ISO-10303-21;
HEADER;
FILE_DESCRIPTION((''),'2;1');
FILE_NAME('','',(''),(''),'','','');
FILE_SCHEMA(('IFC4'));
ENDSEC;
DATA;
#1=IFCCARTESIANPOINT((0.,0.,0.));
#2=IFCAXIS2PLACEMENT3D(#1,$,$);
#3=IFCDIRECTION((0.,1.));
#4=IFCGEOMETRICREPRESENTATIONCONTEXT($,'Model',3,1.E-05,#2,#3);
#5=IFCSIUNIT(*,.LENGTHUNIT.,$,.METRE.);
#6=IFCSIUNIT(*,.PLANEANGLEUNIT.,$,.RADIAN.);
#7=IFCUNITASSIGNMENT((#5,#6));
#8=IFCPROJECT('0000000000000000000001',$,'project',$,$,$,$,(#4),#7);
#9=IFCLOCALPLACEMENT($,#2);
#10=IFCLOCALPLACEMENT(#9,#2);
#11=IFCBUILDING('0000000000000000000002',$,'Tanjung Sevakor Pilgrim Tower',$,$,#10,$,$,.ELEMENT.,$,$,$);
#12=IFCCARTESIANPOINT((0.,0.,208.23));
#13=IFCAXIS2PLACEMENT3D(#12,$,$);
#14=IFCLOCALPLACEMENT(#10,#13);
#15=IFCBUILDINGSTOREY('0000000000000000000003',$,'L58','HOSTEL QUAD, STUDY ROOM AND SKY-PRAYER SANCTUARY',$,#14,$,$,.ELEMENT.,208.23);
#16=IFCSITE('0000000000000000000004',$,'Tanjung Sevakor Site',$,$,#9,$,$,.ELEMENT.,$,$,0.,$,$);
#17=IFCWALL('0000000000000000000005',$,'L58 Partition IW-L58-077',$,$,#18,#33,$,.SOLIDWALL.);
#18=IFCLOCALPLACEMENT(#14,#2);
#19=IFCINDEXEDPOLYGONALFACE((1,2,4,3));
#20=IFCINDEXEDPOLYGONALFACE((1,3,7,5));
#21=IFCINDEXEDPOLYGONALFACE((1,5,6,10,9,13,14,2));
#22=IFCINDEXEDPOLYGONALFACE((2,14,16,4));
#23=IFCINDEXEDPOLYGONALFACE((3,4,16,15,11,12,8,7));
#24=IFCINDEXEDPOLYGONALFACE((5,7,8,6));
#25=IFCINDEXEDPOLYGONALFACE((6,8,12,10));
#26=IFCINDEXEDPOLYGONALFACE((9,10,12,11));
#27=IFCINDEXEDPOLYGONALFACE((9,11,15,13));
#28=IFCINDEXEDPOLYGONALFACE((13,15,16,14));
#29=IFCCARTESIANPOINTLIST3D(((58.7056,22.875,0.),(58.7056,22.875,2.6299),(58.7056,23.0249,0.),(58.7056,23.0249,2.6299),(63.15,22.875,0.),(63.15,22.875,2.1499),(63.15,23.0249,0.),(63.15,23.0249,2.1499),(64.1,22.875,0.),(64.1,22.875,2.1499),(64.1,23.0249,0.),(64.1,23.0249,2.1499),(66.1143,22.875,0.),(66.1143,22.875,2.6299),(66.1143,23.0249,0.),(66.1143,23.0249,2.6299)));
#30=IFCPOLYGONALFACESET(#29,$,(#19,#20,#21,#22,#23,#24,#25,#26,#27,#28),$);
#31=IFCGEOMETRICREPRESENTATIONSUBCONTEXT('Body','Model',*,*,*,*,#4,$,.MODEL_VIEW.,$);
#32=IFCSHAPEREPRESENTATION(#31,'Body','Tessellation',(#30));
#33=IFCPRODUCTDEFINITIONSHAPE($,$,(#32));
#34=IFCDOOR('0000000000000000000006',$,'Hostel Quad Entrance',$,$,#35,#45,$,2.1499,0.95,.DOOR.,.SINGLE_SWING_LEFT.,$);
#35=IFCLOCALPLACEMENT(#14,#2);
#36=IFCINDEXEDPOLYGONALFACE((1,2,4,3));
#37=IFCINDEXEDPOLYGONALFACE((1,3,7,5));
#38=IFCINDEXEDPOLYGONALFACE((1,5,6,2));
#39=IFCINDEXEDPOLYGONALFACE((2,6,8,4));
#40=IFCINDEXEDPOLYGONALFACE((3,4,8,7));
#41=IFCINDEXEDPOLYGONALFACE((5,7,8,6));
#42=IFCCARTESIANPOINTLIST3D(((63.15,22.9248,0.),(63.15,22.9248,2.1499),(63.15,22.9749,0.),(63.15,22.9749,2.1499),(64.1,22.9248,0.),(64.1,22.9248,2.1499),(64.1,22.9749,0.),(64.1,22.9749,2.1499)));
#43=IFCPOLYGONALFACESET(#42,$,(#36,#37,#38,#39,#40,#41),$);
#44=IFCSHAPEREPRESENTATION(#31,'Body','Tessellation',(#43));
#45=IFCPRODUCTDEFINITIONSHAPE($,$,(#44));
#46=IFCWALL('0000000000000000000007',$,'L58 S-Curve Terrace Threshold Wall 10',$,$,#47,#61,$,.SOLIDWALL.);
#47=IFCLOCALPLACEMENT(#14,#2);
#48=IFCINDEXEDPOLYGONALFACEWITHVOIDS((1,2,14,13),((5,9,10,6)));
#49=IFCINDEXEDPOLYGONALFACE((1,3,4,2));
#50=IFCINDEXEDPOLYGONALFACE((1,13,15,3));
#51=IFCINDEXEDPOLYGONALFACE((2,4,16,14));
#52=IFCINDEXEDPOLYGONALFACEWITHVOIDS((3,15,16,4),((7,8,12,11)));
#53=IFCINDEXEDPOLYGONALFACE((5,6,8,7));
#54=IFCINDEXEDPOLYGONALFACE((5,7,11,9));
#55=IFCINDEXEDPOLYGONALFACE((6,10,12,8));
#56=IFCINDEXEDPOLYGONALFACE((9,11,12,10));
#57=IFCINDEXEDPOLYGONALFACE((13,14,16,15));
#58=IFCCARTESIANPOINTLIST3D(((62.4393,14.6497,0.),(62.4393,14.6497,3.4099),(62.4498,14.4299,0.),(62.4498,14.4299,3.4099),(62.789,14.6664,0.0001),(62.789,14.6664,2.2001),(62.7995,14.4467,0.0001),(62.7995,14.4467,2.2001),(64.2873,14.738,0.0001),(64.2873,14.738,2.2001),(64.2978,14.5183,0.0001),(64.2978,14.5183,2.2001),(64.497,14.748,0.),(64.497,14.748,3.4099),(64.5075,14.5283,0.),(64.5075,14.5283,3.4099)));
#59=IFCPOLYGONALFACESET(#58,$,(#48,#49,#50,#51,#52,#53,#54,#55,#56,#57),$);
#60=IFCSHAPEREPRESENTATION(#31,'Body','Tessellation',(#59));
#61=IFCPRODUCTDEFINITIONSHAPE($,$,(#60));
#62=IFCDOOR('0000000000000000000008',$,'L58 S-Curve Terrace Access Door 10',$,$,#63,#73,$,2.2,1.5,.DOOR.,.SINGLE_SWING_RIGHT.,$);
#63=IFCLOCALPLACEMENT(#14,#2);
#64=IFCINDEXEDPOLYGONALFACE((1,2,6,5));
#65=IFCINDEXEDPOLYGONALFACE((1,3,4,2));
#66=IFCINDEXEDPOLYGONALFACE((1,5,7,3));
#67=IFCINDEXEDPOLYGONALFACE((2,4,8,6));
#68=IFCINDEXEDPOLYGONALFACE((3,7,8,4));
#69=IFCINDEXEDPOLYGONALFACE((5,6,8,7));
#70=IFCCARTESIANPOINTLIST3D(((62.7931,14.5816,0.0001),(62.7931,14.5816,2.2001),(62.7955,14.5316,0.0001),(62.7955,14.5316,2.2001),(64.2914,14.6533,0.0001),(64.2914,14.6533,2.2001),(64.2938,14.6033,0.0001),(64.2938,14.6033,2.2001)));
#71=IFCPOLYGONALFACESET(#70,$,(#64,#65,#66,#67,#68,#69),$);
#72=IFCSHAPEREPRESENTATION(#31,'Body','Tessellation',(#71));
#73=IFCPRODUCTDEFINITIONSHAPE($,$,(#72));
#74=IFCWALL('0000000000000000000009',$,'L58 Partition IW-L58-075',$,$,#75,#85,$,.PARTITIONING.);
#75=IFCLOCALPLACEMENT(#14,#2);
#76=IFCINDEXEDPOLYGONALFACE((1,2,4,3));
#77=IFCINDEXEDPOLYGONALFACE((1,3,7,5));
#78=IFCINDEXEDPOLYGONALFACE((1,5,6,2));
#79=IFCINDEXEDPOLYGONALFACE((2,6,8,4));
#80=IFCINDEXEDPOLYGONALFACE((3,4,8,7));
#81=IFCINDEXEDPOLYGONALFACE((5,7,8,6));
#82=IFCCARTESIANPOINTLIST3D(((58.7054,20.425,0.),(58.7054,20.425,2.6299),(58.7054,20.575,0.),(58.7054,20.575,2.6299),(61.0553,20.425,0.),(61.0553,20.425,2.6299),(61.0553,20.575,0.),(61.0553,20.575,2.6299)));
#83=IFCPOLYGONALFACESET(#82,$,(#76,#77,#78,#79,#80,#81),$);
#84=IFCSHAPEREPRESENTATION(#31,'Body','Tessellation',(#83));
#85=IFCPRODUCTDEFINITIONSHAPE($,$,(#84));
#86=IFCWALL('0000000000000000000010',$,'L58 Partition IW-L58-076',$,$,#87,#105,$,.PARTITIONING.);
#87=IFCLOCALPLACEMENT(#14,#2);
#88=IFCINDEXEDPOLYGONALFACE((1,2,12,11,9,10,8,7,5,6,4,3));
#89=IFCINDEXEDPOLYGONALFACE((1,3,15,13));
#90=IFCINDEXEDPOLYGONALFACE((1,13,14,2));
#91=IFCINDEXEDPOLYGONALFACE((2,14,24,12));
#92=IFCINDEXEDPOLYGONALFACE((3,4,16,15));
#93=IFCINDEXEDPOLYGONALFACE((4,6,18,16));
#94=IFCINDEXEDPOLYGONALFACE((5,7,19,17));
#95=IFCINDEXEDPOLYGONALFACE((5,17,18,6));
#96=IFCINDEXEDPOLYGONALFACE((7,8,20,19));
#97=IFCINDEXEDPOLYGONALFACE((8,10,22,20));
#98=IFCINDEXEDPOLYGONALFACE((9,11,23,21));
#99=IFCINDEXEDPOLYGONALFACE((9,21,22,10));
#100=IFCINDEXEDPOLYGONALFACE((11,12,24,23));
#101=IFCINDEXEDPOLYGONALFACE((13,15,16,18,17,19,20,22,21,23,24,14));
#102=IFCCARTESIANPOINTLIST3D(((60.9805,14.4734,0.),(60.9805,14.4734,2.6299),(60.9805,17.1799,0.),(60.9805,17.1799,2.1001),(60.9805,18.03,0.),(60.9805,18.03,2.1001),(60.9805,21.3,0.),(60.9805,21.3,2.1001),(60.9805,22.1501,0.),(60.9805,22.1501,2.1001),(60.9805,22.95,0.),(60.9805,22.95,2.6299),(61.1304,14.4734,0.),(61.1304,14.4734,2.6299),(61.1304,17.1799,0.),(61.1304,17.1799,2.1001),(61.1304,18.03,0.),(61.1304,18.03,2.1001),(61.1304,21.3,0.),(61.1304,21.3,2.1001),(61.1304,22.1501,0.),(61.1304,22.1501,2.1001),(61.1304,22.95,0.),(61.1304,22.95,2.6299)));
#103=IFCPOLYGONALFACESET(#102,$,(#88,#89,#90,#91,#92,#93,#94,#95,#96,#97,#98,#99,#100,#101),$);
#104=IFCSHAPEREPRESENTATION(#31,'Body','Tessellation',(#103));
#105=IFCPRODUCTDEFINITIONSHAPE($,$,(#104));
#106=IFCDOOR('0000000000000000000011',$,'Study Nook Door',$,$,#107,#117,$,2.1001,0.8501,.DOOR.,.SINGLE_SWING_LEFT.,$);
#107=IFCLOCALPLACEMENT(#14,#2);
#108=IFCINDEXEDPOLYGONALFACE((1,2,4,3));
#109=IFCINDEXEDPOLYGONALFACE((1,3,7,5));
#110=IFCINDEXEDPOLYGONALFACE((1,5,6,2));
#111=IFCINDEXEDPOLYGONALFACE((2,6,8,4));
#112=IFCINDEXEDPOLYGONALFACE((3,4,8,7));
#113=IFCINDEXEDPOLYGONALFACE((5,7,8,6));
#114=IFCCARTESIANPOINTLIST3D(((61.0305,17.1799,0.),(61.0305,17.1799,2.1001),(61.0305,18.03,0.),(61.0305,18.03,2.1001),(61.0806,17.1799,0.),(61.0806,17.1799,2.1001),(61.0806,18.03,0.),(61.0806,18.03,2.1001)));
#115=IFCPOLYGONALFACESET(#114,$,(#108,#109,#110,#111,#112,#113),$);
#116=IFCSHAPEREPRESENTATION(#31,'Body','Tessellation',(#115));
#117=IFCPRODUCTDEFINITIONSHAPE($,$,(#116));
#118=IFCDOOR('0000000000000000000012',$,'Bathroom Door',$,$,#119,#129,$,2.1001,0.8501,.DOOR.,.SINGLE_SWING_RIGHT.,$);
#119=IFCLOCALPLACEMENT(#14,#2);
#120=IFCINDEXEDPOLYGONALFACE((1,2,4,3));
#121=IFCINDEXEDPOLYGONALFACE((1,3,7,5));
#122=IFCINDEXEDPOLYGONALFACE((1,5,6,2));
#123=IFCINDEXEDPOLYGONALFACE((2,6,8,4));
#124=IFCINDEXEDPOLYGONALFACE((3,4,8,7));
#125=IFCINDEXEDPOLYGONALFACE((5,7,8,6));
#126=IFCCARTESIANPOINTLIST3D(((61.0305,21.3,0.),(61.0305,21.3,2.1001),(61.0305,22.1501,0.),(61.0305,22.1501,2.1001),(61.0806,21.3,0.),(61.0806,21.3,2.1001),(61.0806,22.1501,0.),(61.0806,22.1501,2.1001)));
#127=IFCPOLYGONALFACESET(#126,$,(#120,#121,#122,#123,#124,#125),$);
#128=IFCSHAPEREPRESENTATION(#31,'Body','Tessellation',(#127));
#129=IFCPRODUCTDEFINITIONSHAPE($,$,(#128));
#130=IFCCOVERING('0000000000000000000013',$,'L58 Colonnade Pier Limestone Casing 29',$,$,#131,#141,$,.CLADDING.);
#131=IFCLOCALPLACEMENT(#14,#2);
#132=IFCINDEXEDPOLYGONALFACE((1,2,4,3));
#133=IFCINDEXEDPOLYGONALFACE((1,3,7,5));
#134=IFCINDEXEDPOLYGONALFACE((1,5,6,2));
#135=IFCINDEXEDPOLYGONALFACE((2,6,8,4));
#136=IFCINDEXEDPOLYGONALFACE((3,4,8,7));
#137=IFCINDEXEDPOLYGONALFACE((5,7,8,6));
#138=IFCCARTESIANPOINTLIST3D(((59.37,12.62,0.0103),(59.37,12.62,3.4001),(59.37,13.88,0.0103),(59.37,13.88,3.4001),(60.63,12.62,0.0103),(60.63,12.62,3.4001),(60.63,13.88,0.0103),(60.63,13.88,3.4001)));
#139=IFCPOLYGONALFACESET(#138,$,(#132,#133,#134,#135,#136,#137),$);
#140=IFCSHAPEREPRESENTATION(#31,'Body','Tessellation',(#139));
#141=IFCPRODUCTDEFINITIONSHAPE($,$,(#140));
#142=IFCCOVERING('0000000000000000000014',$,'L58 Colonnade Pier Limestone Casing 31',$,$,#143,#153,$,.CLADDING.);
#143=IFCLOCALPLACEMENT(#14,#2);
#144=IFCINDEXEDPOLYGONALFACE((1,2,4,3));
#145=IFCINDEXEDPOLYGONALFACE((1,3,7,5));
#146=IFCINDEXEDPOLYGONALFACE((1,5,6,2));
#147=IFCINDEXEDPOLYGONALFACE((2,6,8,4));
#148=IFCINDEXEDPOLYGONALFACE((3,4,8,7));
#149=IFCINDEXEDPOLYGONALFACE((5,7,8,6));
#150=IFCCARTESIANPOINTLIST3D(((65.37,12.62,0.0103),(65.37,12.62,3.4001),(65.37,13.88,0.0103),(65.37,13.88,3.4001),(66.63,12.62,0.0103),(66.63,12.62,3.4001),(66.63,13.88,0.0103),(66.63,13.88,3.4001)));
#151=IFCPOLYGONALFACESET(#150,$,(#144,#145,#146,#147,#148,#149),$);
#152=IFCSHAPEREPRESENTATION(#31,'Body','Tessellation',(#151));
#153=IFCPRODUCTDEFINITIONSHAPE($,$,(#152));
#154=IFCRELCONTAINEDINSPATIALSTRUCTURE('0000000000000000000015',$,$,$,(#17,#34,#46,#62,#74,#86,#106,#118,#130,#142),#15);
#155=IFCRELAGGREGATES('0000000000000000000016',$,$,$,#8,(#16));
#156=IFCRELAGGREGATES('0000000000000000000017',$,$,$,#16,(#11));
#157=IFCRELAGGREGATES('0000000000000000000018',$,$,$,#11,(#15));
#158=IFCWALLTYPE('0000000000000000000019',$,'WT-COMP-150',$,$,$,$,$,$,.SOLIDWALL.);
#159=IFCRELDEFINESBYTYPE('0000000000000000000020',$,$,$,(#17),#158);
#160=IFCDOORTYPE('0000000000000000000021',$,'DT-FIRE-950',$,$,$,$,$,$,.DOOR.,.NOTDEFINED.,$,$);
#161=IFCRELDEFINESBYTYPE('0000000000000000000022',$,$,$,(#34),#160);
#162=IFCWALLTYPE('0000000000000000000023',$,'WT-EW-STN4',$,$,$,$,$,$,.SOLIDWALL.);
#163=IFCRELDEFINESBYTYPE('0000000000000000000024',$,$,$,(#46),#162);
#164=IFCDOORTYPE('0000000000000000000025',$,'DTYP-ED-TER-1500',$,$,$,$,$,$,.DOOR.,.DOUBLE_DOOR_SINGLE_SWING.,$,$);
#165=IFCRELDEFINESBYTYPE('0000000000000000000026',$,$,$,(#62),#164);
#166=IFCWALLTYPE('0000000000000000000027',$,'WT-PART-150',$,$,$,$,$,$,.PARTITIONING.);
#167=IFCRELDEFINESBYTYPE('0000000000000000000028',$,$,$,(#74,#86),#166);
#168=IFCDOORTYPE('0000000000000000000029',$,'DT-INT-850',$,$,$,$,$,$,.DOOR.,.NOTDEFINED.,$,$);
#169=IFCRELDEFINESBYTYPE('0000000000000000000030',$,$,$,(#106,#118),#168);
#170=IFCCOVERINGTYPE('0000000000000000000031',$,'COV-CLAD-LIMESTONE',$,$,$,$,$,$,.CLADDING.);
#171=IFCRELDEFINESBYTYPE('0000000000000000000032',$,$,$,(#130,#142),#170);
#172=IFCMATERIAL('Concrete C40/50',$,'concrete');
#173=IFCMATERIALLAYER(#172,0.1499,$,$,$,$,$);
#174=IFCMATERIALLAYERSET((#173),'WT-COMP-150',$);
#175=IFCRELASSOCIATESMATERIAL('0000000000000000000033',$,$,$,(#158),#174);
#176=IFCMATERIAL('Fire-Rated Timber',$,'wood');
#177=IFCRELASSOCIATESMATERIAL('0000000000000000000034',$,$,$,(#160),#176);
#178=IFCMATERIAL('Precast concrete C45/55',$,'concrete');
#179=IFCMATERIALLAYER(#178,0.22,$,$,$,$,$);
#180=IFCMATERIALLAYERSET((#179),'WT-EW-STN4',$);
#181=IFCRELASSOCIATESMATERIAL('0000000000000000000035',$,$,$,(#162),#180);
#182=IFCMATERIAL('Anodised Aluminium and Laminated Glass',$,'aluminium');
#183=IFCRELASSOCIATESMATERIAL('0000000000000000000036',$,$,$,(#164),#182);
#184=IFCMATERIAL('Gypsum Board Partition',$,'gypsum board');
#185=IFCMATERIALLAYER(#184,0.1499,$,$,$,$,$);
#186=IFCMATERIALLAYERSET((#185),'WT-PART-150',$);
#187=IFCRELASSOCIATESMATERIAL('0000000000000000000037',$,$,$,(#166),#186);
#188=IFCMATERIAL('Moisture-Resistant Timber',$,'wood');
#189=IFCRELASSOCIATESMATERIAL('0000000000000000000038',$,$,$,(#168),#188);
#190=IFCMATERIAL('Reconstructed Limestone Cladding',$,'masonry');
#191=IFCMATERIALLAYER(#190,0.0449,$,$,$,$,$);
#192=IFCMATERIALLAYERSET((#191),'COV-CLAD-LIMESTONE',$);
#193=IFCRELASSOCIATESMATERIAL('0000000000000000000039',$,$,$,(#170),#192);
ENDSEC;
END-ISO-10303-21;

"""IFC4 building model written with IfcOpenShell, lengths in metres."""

from ifc_helpers import new_model, si_unit, direction, frame, frame_2d, origin, origin_2d, place, context, subcontext, project, spatial, rectangle, extrude, material, layer, layer_set, type_object, element, fill, save


model = new_model("IFC4")

# Units and contexts
model_context = context("Model", 3, precision=1e-05, world=origin(), true_north=direction((0.0, 1.0)))
body_context = subcontext(model_context, "Body", "Model", "MODEL_VIEW")
ifc_project = project(units=[si_unit("LENGTHUNIT", "METRE"), si_unit("PLANEANGLEUNIT", "RADIAN")], contexts=[model_context])

# Site, building, storey
site_placement = place(None, origin())
site = spatial("IfcSite", under=ifc_project, at=site_placement, Name="Tanjung Sevakor Site", CompositionType="ELEMENT", RefElevation=0.0)
building_placement = place(site_placement, origin())
building = spatial("IfcBuilding", under=site, at=building_placement, Name="Tanjung Sevakor Pilgrim Tower", CompositionType="ELEMENT")
storey_placement = place(building_placement, frame((0.0, 0.0, 208.23)))
storey = spatial("IfcBuildingStorey", under=building, at=storey_placement, Name="L58", Description="HOSTEL QUAD, STUDY ROOM AND SKY-PRAYER SANCTUARY", CompositionType="ELEMENT", Elevation=208.23)

# Shared definitions
ifc_material_1 = material(Name="Concrete C40/50", Category="concrete")
ifc_layer_1 = layer(ifc_material_1, 0.1499)
ifc_layer_set_1 = layer_set([ifc_layer_1], Name="WT-COMP-150")
wall_type_1 = type_object("IfcWallType", Name="WT-COMP-150", PredefinedType="SOLIDWALL", material=ifc_layer_set_1)

# Walls, openings, doors
wall_1_placement = place(storey_placement, frame((58.7056, 22.95, 0.0), z_axis=(0.0, 0.0, 1.0), x_axis=(1.0, 0.0, 0.0)))
wall_1 = element("IfcWall", 1, at=wall_1_placement, inside=storey, type_object=wall_type_1, Name="L58 Partition IW-L58-077", PredefinedType="SOLIDWALL", context=body_context, shape_type="SweptSolid", body=[
    extrude(rectangle(XDim=7.4087, YDim=0.1499, at=frame_2d((3.7043, 0.0))), origin(), (0.0, 0.0, 1.0), 2.6299),
])
opening_1_placement = place(wall_1_placement, frame((4.4443, 0.0, 0.0)))
opening_1 = element("IfcOpeningElement", 2, at=opening_1_placement, cuts=wall_1, PredefinedType="OPENING", context=body_context, shape_type="SweptSolid", body=[
    extrude(rectangle(XDim=0.95, YDim=2.1499, at=frame_2d((0.4751, 1.075))), frame((0.0, 0.085, 0.0), z_axis=(0.0, -1.0, 0.0), x_axis=(1.0, 0.0, 0.0)), (0.0, 0.0, 1.0), 0.1699),
])
ifc_material_2 = material(Name="Fire-Rated Timber", Category="wood")
door_type_1 = type_object("IfcDoorType", Name="DT-FIRE-950", OperationType="NOTDEFINED", PredefinedType="DOOR", material=ifc_material_2)
door_1_placement = place(opening_1_placement, origin())
door_1 = element("IfcDoor", 3, at=door_1_placement, inside=storey, type_object=door_type_1, Name="Hostel Quad Entrance", OperationType="SINGLE_SWING_LEFT", OverallHeight=2.1499, OverallWidth=0.95, PredefinedType="DOOR", context=body_context, shape_type="SweptSolid", body=[
    extrude(rectangle(XDim=0.95, YDim=2.1499, at=frame_2d((0.4751, 1.075))), frame((0.0, 0.0249, 0.0), z_axis=(0.0, -1.0, 0.0), x_axis=(1.0, 0.0, 0.0)), (0.0, 0.0, 1.0), 0.05),
])
fill(opening_1, door_1)
ifc_material_3 = material(Name="Precast concrete C45/55", Category="concrete")
ifc_layer_2 = layer(ifc_material_3, 0.22)
ifc_layer_set_2 = layer_set([ifc_layer_2], Name="WT-EW-STN4")
wall_type_2 = type_object("IfcWallType", Name="WT-EW-STN4", PredefinedType="SOLIDWALL", material=ifc_layer_set_2)
wall_2_placement = place(storey_placement, frame((62.4446, 14.5398, 0.0), z_axis=(0.0, 0.0, 1.0), x_axis=(0.998859, 0.047762, 0.0)))
wall_2 = element("IfcWall", 4, at=wall_2_placement, inside=storey, type_object=wall_type_2, Name="L58 S-Curve Terrace Threshold Wall 10", PredefinedType="SOLIDWALL", context=body_context, shape_type="SweptSolid", body=[
    extrude(rectangle(XDim=2.0601, YDim=0.22, at=frame_2d((1.03, 0.0))), origin(), (0.0, 0.0, 1.0), 3.4099),
])
opening_2_placement = place(wall_2_placement, frame((0.3501, 0.0, 0.0)))
opening_2 = element("IfcOpeningElement", 5, at=opening_2_placement, cuts=wall_2, PredefinedType="OPENING", context=body_context, shape_type="SweptSolid", body=[
    extrude(rectangle(XDim=1.5, YDim=2.2, at=frame_2d((0.75, 1.1001))), frame((0.0, 0.1199, 0.0), z_axis=(0.0, -1.0, 0.0), x_axis=(1.0, 0.0, 0.0)), (0.0, 0.0, 1.0), 0.24),
])
ifc_material_4 = material(Name="Anodised Aluminium and Laminated Glass", Category="aluminium")
door_type_2 = type_object("IfcDoorType", Name="DTYP-ED-TER-1500", OperationType="DOUBLE_DOOR_SINGLE_SWING", PredefinedType="DOOR", material=ifc_material_4)
door_2_placement = place(opening_2_placement, frame((1.5, 0.0, 0.0), z_axis=(0.0, 0.0, 1.0), x_axis=(-1.0, 0.0, 0.0)))
door_2 = element("IfcDoor", 6, at=door_2_placement, inside=storey, type_object=door_type_2, Name="L58 S-Curve Terrace Access Door 10", OperationType="SINGLE_SWING_RIGHT", OverallHeight=2.2, OverallWidth=1.5, PredefinedType="DOOR", context=body_context, shape_type="SweptSolid", body=[
    extrude(rectangle(XDim=1.5, YDim=2.2, at=frame_2d((0.75, 1.1001))), frame((0.0, 0.0249, 0.0), z_axis=(0.0, -1.0, 0.0), x_axis=(1.0, 0.0, 0.0)), (0.0, 0.0, 1.0), 0.05),
])
fill(opening_2, door_2)

# Wall
ifc_material_5 = material(Name="Gypsum Board Partition", Category="gypsum board")
ifc_layer_3 = layer(ifc_material_5, 0.1499)
ifc_layer_set_3 = layer_set([ifc_layer_3], Name="WT-PART-150")
wall_type_3 = type_object("IfcWallType", Name="WT-PART-150", PredefinedType="PARTITIONING", material=ifc_layer_set_3)
wall_3_placement = place(storey_placement, frame((58.7056, 20.5, 0.0), z_axis=(0.0, 0.0, 1.0), x_axis=(1.0, 0.0, 0.0)))
element("IfcWall", 7, at=wall_3_placement, inside=storey, type_object=wall_type_3, Name="L58 Partition IW-L58-075", PredefinedType="PARTITIONING", context=body_context, shape_type="SweptSolid", body=[
    extrude(rectangle(XDim=2.3499, YDim=0.1499, at=frame_2d((1.1748, 0.0))), origin(), (0.0, 0.0, 1.0), 2.6299),
])

# Wall, openings, doors
wall_4_placement = place(storey_placement, frame((61.0554, 14.4734, 0.0), z_axis=(0.0, 0.0, 1.0), x_axis=(0.0, 1.0, 0.0)))
wall_4 = element("IfcWall", 8, at=wall_4_placement, inside=storey, type_object=wall_type_3, Name="L58 Partition IW-L58-076", PredefinedType="PARTITIONING", context=body_context, shape_type="SweptSolid", body=[
    extrude(rectangle(XDim=8.4766, YDim=0.1499, at=frame_2d((4.2383, 0.0))), origin(), (0.0, 0.0, 1.0), 2.6299),
])
opening_3_placement = place(wall_4_placement, frame((2.7065, 0.0, 0.0)))
opening_3 = element("IfcOpeningElement", 9, at=opening_3_placement, cuts=wall_4, PredefinedType="OPENING", context=body_context, shape_type="SweptSolid", body=[
    extrude(rectangle(XDim=0.8501, YDim=2.1001, at=frame_2d((0.425, 1.05))), frame((0.0, 0.085, 0.0), z_axis=(0.0, -1.0, 0.0), x_axis=(1.0, 0.0, 0.0)), (0.0, 0.0, 1.0), 0.1699),
])
opening_4_placement = place(wall_4_placement, frame((6.8267, 0.0, 0.0)))
opening_4 = element("IfcOpeningElement", 10, at=opening_4_placement, cuts=wall_4, PredefinedType="OPENING", context=body_context, shape_type="SweptSolid", body=[
    extrude(rectangle(XDim=0.8501, YDim=2.1001, at=frame_2d((0.425, 1.05))), frame((0.0, 0.085, 0.0), z_axis=(0.0, -1.0, 0.0), x_axis=(1.0, 0.0, 0.0)), (0.0, 0.0, 1.0), 0.1699),
])
ifc_material_6 = material(Name="Moisture-Resistant Timber", Category="wood")
door_type_3 = type_object("IfcDoorType", Name="DT-INT-850", OperationType="NOTDEFINED", PredefinedType="DOOR", material=ifc_material_6)
door_3_placement = place(opening_3_placement, origin())
door_3 = element("IfcDoor", 11, at=door_3_placement, inside=storey, type_object=door_type_3, Name="Study Nook Door", OperationType="SINGLE_SWING_LEFT", OverallHeight=2.1001, OverallWidth=0.8501, PredefinedType="DOOR", context=body_context, shape_type="SweptSolid", body=[
    extrude(rectangle(XDim=0.8501, YDim=2.1001, at=frame_2d((0.425, 1.05))), frame((0.0, 0.0249, 0.0), z_axis=(0.0, -1.0, 0.0), x_axis=(1.0, 0.0, 0.0)), (0.0, 0.0, 1.0), 0.05),
])
fill(opening_3, door_3)
door_4_placement = place(opening_4_placement, origin())
door_4 = element("IfcDoor", 12, at=door_4_placement, inside=storey, type_object=door_type_3, Name="Bathroom Door", OperationType="SINGLE_SWING_RIGHT", OverallHeight=2.1001, OverallWidth=0.8501, PredefinedType="DOOR", context=body_context, shape_type="SweptSolid", body=[
    extrude(rectangle(XDim=0.8501, YDim=2.1001, at=frame_2d((0.425, 1.05))), frame((0.0, 0.0249, 0.0), z_axis=(0.0, -1.0, 0.0), x_axis=(1.0, 0.0, 0.0)), (0.0, 0.0, 1.0), 0.05),
])
fill(opening_4, door_4)

# Coverings
ifc_material_7 = material(Name="Reconstructed Limestone Cladding", Category="masonry")
ifc_layer_4 = layer(ifc_material_7, 0.0449)
ifc_layer_set_4 = layer_set([ifc_layer_4], Name="COV-CLAD-LIMESTONE")
covering_type = type_object("IfcCoveringType", Name="COV-CLAD-LIMESTONE", PredefinedType="CLADDING", material=ifc_layer_set_4)
for number, where, z_axis, x_axis, name in (
    (13, (60.0, 13.25, 0.0103), (0.0, 0.0, 1.0), (1.0, 0.0, 0.0), "L58 Colonnade Pier Limestone Casing 29"),
    (14, (66.0, 13.25, 0.0103), (0.0, 0.0, 1.0), (1.0, 0.0, 0.0), "L58 Colonnade Pier Limestone Casing 31"),
):
    element("IfcCovering", number, at=place(storey_placement, frame(where, z_axis=z_axis, x_axis=x_axis)), inside=storey, type_object=covering_type, Name=name, PredefinedType="CLADDING", context=body_context, shape_type="SweptSolid", body=[
        extrude(rectangle(XDim=1.26, YDim=1.26, at=origin_2d()), origin(), (0.0, 0.0, 1.0), 3.3899),
    ])

save(model, "model.ifc")
